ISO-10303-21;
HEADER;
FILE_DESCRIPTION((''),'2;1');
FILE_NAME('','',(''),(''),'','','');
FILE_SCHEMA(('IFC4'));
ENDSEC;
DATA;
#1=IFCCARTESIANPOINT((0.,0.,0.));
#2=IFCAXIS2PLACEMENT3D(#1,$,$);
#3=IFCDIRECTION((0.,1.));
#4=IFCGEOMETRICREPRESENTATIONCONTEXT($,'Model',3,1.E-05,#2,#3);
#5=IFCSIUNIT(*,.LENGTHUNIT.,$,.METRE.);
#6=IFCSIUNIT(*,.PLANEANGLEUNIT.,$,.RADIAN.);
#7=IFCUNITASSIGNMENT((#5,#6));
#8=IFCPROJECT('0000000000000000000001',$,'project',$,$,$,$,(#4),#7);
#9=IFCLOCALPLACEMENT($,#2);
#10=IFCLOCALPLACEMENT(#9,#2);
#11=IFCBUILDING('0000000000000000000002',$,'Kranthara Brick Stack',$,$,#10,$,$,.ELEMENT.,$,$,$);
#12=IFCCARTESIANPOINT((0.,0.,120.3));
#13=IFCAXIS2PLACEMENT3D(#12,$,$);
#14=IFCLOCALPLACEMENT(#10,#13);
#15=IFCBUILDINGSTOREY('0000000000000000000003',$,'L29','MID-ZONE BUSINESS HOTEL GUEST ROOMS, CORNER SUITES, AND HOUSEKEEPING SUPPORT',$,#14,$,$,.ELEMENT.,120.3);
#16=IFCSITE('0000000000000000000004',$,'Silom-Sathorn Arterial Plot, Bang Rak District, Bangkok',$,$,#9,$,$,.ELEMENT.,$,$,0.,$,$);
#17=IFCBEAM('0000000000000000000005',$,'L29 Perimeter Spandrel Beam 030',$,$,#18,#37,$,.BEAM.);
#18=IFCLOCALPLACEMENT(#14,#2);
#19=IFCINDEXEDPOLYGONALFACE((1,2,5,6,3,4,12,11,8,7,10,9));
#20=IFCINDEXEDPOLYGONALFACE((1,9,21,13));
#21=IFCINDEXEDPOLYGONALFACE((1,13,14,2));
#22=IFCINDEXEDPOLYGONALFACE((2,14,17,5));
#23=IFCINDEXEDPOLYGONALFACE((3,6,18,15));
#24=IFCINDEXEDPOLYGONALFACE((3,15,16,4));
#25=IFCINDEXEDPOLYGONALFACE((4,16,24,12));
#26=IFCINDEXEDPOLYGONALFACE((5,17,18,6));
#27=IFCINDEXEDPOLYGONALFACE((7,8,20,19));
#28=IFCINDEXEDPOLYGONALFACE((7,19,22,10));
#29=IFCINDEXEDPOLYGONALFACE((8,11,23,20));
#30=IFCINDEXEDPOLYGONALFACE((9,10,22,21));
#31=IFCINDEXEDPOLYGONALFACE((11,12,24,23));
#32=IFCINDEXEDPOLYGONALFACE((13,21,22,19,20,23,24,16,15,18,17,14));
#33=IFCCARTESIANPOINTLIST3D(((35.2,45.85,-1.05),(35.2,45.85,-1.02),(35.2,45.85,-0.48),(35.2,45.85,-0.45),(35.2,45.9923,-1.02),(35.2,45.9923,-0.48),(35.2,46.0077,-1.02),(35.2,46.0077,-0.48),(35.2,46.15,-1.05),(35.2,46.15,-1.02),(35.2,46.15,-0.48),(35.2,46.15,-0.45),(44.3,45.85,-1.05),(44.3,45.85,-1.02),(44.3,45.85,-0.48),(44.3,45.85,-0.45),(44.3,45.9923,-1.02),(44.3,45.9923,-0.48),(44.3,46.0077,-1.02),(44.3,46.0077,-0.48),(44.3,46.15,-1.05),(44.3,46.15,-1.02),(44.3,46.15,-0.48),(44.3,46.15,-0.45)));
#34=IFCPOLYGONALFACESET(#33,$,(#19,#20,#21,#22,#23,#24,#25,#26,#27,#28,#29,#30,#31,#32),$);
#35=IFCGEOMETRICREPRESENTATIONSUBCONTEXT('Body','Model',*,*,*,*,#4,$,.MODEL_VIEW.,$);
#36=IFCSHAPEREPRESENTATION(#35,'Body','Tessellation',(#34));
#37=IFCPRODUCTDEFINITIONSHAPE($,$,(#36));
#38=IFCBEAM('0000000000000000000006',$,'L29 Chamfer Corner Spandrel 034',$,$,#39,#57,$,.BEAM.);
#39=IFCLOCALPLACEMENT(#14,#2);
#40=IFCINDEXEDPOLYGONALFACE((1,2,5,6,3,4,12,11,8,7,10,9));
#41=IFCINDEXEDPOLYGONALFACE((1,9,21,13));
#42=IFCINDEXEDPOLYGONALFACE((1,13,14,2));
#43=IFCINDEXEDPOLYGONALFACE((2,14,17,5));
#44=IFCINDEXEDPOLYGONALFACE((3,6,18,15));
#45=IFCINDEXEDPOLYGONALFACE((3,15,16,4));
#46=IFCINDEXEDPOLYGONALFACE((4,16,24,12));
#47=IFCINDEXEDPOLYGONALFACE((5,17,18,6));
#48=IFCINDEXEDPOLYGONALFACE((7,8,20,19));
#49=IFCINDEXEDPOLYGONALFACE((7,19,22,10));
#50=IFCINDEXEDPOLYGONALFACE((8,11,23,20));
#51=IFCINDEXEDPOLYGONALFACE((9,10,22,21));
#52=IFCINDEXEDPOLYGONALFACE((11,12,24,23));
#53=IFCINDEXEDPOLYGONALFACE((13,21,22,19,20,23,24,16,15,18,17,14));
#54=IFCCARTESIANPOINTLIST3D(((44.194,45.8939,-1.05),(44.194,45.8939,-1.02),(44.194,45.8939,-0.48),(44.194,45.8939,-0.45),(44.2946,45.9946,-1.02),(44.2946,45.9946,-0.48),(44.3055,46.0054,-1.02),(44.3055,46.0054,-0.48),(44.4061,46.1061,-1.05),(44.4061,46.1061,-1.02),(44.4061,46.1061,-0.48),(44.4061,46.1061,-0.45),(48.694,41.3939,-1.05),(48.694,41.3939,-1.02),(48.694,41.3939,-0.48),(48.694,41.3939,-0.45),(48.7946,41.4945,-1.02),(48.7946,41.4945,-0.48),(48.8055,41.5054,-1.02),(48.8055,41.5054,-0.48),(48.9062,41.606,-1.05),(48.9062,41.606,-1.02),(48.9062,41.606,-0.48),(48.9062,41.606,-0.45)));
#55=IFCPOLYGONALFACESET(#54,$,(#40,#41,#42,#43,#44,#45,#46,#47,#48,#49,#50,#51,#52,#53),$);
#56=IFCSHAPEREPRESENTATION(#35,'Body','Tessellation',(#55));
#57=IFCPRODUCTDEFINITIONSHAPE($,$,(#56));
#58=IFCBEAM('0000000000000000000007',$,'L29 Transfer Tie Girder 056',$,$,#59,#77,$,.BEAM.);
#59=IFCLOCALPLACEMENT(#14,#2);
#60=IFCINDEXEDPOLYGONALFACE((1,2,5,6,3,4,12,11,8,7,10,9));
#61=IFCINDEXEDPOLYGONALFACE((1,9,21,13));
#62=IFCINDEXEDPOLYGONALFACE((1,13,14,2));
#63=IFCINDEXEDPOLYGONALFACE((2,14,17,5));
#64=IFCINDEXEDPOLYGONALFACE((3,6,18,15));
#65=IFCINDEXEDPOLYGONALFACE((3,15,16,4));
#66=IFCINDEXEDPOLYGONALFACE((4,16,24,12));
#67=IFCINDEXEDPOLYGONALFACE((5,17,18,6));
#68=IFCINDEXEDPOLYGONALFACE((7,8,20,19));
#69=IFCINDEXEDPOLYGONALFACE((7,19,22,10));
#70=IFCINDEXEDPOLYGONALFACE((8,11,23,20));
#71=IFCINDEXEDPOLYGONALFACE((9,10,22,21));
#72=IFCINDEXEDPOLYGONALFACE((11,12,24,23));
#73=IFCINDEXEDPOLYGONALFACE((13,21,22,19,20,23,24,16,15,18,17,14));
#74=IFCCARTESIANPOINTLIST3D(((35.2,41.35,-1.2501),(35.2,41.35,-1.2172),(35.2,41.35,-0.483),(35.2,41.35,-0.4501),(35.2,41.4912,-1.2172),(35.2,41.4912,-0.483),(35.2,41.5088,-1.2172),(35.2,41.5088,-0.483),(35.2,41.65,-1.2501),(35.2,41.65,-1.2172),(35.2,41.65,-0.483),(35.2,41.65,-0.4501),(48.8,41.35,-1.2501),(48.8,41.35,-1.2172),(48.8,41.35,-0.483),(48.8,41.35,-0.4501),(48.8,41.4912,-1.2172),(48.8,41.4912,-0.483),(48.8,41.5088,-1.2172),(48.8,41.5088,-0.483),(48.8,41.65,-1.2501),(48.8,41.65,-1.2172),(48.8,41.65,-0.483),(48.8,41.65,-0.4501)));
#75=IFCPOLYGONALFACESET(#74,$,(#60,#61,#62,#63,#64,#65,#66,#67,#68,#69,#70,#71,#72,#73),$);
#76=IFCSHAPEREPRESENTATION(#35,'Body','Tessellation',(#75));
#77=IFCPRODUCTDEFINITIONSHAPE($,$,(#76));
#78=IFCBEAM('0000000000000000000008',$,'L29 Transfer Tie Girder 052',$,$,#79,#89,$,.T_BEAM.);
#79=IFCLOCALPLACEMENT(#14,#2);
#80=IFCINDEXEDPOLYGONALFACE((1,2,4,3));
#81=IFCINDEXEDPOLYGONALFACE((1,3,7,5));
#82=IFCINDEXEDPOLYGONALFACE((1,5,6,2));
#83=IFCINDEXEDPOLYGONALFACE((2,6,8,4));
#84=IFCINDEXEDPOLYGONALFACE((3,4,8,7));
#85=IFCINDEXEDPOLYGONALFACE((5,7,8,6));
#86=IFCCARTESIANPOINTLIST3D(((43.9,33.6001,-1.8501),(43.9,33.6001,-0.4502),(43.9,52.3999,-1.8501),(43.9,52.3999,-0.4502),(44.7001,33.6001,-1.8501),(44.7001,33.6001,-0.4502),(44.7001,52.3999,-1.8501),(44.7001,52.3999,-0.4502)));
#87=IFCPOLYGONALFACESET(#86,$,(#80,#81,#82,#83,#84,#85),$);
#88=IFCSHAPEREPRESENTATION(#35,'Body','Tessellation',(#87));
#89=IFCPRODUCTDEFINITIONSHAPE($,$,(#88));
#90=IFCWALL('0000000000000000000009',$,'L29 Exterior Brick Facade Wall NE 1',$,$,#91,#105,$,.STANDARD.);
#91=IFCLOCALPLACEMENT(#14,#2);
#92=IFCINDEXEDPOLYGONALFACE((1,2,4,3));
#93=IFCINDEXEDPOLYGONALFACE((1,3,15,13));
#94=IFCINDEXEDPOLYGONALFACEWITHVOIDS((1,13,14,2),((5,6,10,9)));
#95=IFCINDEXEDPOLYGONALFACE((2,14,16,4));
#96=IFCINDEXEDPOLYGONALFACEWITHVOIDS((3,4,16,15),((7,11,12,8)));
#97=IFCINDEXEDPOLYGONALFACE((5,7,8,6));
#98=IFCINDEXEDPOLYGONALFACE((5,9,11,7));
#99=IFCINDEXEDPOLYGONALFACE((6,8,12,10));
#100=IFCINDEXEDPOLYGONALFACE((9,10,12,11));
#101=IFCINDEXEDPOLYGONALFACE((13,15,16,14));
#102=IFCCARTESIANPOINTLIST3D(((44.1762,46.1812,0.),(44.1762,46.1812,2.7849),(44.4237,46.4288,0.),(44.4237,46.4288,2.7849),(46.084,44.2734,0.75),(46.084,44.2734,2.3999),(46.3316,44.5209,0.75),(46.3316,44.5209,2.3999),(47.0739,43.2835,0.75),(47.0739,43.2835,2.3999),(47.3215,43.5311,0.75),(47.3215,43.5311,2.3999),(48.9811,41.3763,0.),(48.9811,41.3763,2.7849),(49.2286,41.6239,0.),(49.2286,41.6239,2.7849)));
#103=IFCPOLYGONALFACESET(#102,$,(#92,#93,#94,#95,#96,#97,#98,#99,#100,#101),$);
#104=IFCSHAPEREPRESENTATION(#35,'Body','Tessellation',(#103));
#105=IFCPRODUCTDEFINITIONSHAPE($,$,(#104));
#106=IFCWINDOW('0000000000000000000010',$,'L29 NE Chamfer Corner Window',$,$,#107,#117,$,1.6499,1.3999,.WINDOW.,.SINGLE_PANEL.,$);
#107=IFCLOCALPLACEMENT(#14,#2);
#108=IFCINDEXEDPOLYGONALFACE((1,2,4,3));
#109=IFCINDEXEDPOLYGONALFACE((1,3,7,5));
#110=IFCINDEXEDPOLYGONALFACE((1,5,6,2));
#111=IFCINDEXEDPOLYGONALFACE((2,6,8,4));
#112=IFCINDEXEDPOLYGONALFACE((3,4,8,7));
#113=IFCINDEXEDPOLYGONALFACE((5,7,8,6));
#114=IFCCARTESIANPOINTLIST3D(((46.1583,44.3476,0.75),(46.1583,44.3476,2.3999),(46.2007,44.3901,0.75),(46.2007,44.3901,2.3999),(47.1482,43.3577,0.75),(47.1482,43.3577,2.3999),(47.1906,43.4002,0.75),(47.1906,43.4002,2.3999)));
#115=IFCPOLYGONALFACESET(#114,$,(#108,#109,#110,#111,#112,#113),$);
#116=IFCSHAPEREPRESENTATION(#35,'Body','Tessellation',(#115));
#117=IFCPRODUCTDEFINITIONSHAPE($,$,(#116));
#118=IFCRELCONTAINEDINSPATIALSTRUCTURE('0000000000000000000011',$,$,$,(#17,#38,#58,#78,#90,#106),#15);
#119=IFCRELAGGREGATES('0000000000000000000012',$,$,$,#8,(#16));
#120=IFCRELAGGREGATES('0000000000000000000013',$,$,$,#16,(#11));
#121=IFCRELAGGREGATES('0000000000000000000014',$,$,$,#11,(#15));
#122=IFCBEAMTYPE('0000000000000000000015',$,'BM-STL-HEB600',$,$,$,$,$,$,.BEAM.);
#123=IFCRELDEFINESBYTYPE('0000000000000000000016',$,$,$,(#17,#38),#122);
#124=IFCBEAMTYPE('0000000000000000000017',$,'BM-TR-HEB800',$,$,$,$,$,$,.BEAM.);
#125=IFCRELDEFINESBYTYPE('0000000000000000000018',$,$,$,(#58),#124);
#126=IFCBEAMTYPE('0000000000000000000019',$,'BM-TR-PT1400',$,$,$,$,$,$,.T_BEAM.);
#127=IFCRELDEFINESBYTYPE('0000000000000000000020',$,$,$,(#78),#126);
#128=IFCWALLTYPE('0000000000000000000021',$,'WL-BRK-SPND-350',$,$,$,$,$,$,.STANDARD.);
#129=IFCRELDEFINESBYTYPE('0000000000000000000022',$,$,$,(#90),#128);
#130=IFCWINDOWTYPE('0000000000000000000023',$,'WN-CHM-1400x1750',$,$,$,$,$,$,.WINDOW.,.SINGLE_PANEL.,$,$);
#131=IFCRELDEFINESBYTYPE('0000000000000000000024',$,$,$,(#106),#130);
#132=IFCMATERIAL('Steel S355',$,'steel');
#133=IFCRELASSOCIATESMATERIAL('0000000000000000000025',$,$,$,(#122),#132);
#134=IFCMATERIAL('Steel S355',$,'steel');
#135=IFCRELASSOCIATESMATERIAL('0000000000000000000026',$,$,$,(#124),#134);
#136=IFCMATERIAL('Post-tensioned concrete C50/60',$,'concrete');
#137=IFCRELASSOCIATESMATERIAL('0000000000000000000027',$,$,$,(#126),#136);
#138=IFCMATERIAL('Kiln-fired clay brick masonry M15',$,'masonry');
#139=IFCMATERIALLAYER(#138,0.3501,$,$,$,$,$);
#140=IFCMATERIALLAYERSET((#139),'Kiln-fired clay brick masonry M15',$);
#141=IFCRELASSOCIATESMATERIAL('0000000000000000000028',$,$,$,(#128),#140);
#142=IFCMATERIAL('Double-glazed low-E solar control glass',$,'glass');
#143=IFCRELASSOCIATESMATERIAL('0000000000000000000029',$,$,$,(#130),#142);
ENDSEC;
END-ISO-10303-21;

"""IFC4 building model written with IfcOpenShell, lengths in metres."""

from ifc_helpers import new_model, si_unit, direction, frame, frame_2d, origin, origin_2d, place, context, subcontext, project, spatial, rectangle, i_section, extrude, material, layer, layer_set, material_profile, profile_set, type_object, element, fill, save


model = new_model("IFC4")

# Units and contexts
model_context = context("Model", 3, precision=1e-05, world=origin(), true_north=direction((0.0, 1.0)))
body_context = subcontext(model_context, "Body", "Model", "MODEL_VIEW")
ifc_project = project(units=[si_unit("LENGTHUNIT", "METRE"), si_unit("PLANEANGLEUNIT", "RADIAN")], contexts=[model_context])

# Site, building, storey
site_placement = place(None, origin())
site = spatial("IfcSite", under=ifc_project, at=site_placement, Name="Silom-Sathorn Arterial Plot, Bang Rak District, Bangkok", CompositionType="ELEMENT", RefElevation=0.0)
building_placement = place(site_placement, origin())
building = spatial("IfcBuilding", under=site, at=building_placement, Name="Kranthara Brick Stack", CompositionType="ELEMENT")
storey_placement = place(building_placement, frame((0.0, 0.0, 120.3)))
storey = spatial("IfcBuildingStorey", under=building, at=storey_placement, Name="L29", Description="MID-ZONE BUSINESS HOTEL GUEST ROOMS, CORNER SUITES, AND HOUSEKEEPING SUPPORT", CompositionType="ELEMENT", Elevation=120.3)

# Beams
ifc_material_1 = material(Name="Steel S355", Category="steel")
ifc_material_profile_1 = material_profile(ifc_material_1, i_section(OverallWidth=0.3, OverallDepth=0.6001, WebThickness=0.0154, FlangeThickness=0.03, at=origin_2d()), Name="HEB 600")
ifc_profile_set_1 = profile_set([ifc_material_profile_1], Name="Steel S355")
beam_type_1 = type_object("IfcBeamType", Name="BM-STL-HEB600", PredefinedType="BEAM", material=ifc_profile_set_1)
beam_1_placement = place(storey_placement, frame((35.2, 46.0, -0.75), z_axis=(1.0, 0.0, 0.0), x_axis=(0.0, 1.0, 0.0)))
element("IfcBeam", 1, at=beam_1_placement, inside=storey, type_object=beam_type_1, Name="L29 Perimeter Spandrel Beam 030", PredefinedType="BEAM", context=body_context, shape_type="SweptSolid", body=[
    extrude(i_section(OverallWidth=0.3, OverallDepth=0.6001, WebThickness=0.0154, FlangeThickness=0.03, at=origin_2d()), origin(), (0.0, 0.0, 1.0), 9.1001),
])
beam_2_placement = place(storey_placement, frame((44.3, 46.0, -0.75), z_axis=(0.707107, -0.707107, 0.0), x_axis=(0.707107, 0.707107, 0.0)))
element("IfcBeam", 2, at=beam_2_placement, inside=storey, type_object=beam_type_1, Name="L29 Chamfer Corner Spandrel 034", PredefinedType="BEAM", context=body_context, shape_type="SweptSolid", body=[
    extrude(i_section(OverallWidth=0.3, OverallDepth=0.6001, WebThickness=0.0154, FlangeThickness=0.03, at=origin_2d()), origin(), (0.0, 0.0, 1.0), 6.364),
])
ifc_material_2 = material(Name="Steel S355", Category="steel")
ifc_material_profile_2 = material_profile(ifc_material_2, i_section(OverallWidth=0.3, OverallDepth=0.8, WebThickness=0.0176, FlangeThickness=0.033, at=origin_2d()), Name="HEB 800")
ifc_profile_set_2 = profile_set([ifc_material_profile_2], Name="Steel S355")
beam_type_2 = type_object("IfcBeamType", Name="BM-TR-HEB800", PredefinedType="BEAM", material=ifc_profile_set_2)
beam_3_placement = place(storey_placement, frame((48.8, 41.5, -0.8501), z_axis=(-1.0, 0.0, 0.0), x_axis=(0.0, -1.0, 0.0)))
element("IfcBeam", 3, at=beam_3_placement, inside=storey, type_object=beam_type_2, Name="L29 Transfer Tie Girder 056", PredefinedType="BEAM", context=body_context, shape_type="SweptSolid", body=[
    extrude(i_section(OverallWidth=0.3, OverallDepth=0.8, WebThickness=0.0176, FlangeThickness=0.033, at=origin_2d()), origin(), (0.0, 0.0, 1.0), 13.6001),
])
ifc_material_3 = material(Name="Post-tensioned concrete C50/60", Category="concrete")
ifc_material_profile_3 = material_profile(ifc_material_3, rectangle(XDim=0.8, YDim=1.3999, at=origin_2d()), Name="PT 800x1400")
ifc_profile_set_3 = profile_set([ifc_material_profile_3], Name="Post-tensioned concrete C50/60")
beam_type_3 = type_object("IfcBeamType", Name="BM-TR-PT1400", PredefinedType="T_BEAM", material=ifc_profile_set_3)
beam_4_placement = place(storey_placement, frame((44.3, 52.3999, -1.1501), z_axis=(0.0, -1.0, 0.0), x_axis=(1.0, 0.0, 0.0)))
element("IfcBeam", 4, at=beam_4_placement, inside=storey, type_object=beam_type_3, Name="L29 Transfer Tie Girder 052", PredefinedType="T_BEAM", context=body_context, shape_type="SweptSolid", body=[
    extrude(rectangle(XDim=0.8, YDim=1.3999, at=origin_2d()), origin(), (0.0, 0.0, 1.0), 18.7998),
])

# Wall, opening, window
ifc_material_4 = material(Name="Kiln-fired clay brick masonry M15", Category="masonry")
ifc_layer_1 = layer(ifc_material_4, 0.3501)
ifc_layer_set_1 = layer_set([ifc_layer_1], Name="Kiln-fired clay brick masonry M15")
wall_type_1 = type_object("IfcWallType", Name="WL-BRK-SPND-350", PredefinedType="STANDARD", material=ifc_layer_set_1)
wall_1_placement = place(storey_placement, frame((44.3, 46.3049, 0.0), z_axis=(0.0, 0.0, 1.0), x_axis=(0.707107, -0.707107, 0.0)))
wall_1 = element("IfcWall", 5, at=wall_1_placement, inside=storey, type_object=wall_type_1, Name="L29 Exterior Brick Facade Wall NE 1", PredefinedType="STANDARD", context=body_context, shape_type="SweptSolid", body=[
    extrude(rectangle(XDim=6.7952, YDim=0.3501, at=frame_2d((3.3975, 0.0))), origin(), (0.0, 0.0, 1.0), 2.7849),
])
opening_1_placement = place(wall_1_placement, frame((2.698, 0.0, 0.75)))
opening_1 = element("IfcOpeningElement", 6, at=opening_1_placement, cuts=wall_1, PredefinedType="OPENING", context=body_context, shape_type="SweptSolid", body=[
    extrude(rectangle(XDim=1.3999, YDim=1.6499, at=frame_2d((0.7, 0.825))), frame((0.0, 0.1851, 0.0), z_axis=(0.0, -1.0, 0.0), x_axis=(1.0, 0.0, 0.0)), (0.0, 0.0, 1.0), 0.3701),
])
ifc_material_5 = material(Name="Double-glazed low-E solar control glass", Category="glass")
window_type_1 = type_object("IfcWindowType", Name="WN-CHM-1400x1750", PartitioningType="SINGLE_PANEL", PredefinedType="WINDOW", material=ifc_material_5)
window_1_placement = place(opening_1_placement, origin())
window_1 = element("IfcWindow", 7, at=window_1_placement, inside=storey, type_object=window_type_1, Name="L29 NE Chamfer Corner Window", OverallHeight=1.6499, OverallWidth=1.3999, PartitioningType="SINGLE_PANEL", PredefinedType="WINDOW", context=body_context, shape_type="SweptSolid", body=[
    extrude(rectangle(XDim=1.3999, YDim=1.6499, at=frame_2d((0.7, 0.825))), frame((0.0, -0.01, 0.0), z_axis=(0.0, -1.0, 0.0), x_axis=(1.0, 0.0, 0.0)), (0.0, 0.0, 1.0), 0.0601),
])
fill(opening_1, window_1)

save(model, "model.ifc")
